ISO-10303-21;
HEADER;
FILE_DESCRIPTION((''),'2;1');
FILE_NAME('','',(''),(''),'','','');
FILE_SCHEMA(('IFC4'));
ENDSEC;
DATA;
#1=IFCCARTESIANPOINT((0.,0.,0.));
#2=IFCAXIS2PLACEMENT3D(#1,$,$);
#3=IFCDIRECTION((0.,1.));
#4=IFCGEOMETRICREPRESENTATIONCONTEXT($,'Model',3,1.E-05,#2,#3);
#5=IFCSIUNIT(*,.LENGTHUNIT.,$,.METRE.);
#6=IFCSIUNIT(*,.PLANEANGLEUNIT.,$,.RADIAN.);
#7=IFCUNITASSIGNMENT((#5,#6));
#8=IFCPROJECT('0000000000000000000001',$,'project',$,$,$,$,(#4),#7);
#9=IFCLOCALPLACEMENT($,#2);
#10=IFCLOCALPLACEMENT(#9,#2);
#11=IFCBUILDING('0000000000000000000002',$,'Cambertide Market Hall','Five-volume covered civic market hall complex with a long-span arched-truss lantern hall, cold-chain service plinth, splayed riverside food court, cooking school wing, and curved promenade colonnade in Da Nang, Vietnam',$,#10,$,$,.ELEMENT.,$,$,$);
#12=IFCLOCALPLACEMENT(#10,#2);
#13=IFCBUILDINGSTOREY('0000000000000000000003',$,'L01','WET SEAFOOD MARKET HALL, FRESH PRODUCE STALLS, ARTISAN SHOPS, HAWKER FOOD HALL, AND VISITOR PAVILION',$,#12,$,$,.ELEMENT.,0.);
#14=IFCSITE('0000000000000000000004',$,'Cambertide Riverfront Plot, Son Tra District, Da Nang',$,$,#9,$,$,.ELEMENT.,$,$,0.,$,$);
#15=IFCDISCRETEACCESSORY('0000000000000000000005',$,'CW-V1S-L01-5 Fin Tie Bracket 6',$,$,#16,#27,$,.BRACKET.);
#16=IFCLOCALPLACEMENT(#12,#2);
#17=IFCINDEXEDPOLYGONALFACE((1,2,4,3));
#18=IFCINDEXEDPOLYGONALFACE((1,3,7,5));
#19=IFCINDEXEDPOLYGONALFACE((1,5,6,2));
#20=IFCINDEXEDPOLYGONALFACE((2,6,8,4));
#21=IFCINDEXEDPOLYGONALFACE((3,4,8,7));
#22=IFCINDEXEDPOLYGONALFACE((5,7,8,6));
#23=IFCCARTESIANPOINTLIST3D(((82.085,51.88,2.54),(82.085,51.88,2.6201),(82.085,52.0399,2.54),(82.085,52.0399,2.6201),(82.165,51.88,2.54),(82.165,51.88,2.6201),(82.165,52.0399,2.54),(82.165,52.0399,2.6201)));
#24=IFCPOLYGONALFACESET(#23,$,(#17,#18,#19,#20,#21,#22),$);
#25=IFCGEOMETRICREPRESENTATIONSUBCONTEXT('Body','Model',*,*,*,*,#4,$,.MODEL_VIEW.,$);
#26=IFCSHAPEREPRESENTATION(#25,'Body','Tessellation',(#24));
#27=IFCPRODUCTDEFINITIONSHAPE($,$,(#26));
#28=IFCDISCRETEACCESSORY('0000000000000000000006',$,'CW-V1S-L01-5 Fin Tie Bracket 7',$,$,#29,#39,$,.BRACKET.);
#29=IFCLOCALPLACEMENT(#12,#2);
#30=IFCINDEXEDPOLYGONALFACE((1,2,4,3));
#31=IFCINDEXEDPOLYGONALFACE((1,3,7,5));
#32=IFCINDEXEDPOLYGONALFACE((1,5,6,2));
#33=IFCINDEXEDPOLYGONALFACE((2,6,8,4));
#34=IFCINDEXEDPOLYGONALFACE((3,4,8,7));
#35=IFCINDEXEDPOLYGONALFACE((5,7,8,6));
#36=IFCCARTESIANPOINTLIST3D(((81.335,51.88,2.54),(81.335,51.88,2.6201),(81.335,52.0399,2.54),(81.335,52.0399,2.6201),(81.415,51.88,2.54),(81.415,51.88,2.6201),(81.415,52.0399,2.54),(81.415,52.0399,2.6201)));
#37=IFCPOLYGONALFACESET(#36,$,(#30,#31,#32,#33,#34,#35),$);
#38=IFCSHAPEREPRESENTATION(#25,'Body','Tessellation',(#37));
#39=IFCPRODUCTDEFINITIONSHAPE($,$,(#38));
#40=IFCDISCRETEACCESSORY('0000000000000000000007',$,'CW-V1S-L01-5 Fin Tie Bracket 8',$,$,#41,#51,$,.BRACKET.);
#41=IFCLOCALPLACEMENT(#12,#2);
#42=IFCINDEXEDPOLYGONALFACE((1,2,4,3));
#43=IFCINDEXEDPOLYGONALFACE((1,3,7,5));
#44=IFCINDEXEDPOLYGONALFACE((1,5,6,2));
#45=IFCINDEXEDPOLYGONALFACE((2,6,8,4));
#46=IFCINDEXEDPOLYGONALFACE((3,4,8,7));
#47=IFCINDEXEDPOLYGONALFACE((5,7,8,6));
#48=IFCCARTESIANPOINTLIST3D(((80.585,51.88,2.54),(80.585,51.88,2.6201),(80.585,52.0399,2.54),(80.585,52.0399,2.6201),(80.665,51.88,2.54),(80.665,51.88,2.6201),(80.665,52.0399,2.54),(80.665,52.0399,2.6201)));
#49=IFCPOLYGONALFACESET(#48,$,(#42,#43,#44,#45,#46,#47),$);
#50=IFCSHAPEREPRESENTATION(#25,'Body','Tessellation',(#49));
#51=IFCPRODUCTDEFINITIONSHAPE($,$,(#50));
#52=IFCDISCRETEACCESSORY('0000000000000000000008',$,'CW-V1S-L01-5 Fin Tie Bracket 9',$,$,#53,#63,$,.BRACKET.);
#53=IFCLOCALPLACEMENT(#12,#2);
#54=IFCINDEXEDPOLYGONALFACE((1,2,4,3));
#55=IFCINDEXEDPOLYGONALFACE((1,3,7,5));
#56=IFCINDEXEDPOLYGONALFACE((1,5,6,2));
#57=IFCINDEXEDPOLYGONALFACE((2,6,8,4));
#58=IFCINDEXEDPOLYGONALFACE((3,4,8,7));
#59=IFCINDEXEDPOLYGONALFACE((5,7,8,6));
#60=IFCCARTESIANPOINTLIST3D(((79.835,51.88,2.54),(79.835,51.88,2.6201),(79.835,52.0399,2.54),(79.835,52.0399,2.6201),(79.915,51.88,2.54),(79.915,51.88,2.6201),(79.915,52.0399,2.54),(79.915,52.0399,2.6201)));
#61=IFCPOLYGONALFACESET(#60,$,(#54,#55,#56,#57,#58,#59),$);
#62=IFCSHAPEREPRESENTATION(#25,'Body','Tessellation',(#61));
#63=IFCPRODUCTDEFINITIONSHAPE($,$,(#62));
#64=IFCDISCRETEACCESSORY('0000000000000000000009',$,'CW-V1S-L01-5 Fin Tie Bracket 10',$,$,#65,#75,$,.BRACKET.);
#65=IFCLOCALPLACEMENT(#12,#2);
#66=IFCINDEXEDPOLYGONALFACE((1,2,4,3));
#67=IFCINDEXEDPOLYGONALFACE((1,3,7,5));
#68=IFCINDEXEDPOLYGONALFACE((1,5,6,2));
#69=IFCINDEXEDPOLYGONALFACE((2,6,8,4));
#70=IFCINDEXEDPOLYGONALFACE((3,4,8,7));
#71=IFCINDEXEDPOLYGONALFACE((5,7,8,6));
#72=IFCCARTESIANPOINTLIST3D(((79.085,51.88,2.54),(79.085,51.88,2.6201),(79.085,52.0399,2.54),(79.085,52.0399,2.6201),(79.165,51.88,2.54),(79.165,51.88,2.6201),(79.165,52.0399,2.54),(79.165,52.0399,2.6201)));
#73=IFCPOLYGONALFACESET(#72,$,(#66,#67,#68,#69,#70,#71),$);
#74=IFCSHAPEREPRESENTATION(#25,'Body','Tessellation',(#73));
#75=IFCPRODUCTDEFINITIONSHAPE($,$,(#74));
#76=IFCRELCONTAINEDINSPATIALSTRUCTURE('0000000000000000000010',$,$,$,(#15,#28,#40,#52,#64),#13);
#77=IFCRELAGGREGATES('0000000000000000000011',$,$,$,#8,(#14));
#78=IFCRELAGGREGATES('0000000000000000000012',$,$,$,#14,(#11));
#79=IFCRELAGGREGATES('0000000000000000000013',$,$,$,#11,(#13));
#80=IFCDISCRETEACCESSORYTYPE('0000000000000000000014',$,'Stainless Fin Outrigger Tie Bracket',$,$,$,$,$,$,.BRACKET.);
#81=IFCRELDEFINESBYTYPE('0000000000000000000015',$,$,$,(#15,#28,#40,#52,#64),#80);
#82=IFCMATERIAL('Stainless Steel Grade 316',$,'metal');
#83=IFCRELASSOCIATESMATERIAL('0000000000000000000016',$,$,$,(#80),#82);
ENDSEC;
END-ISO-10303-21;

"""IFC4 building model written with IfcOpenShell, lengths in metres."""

from ifc_helpers import new_model, si_unit, direction, frame, origin, origin_2d, place, context, subcontext, project, spatial, rectangle, extrude, material, type_object, element, save


model = new_model("IFC4")

# Units and contexts
model_context = context("Model", 3, precision=1e-05, world=origin(), true_north=direction((0.0, 1.0)))
body_context = subcontext(model_context, "Body", "Model", "MODEL_VIEW")
ifc_project = project(units=[si_unit("LENGTHUNIT", "METRE"), si_unit("PLANEANGLEUNIT", "RADIAN")], contexts=[model_context])

# Site, building, storey
site_placement = place(None, origin())
site = spatial("IfcSite", under=ifc_project, at=site_placement, Name="Cambertide Riverfront Plot, Son Tra District, Da Nang", CompositionType="ELEMENT", RefElevation=0.0)
building_placement = place(site_placement, origin())
building = spatial("IfcBuilding", under=site, at=building_placement, Name="Cambertide Market Hall", Description="Five-volume covered civic market hall complex with a long-span arched-truss lantern hall, cold-chain service plinth, splayed riverside food court, cooking school wing, and curved promenade colonnade in Da Nang, Vietnam", CompositionType="ELEMENT")
storey_placement = place(building_placement, origin())
storey = spatial("IfcBuildingStorey", under=building, at=storey_placement, Name="L01", Description="WET SEAFOOD MARKET HALL, FRESH PRODUCE STALLS, ARTISAN SHOPS, HAWKER FOOD HALL, AND VISITOR PAVILION", CompositionType="ELEMENT", Elevation=0.0)

# Discrete accessories
ifc_material_1 = material(Name="Stainless Steel Grade 316", Category="metal")
discrete_accessory_type = type_object("IfcDiscreteAccessoryType", Name="Stainless Fin Outrigger Tie Bracket", PredefinedType="BRACKET", material=ifc_material_1)
for number, where, z_axis, x_axis, name in (
    (1, (82.125, 51.96, 2.54), (0.0, 0.0, 1.0), (-1.0, 0.0, 0.0), "CW-V1S-L01-5 Fin Tie Bracket 6"),
    (2, (81.375, 51.96, 2.54), (0.0, 0.0, 1.0), (-1.0, 0.0, 0.0), "CW-V1S-L01-5 Fin Tie Bracket 7"),
    (3, (80.625, 51.96, 2.54), (0.0, 0.0, 1.0), (-1.0, 0.0, 0.0), "CW-V1S-L01-5 Fin Tie Bracket 8"),
    (4, (79.875, 51.96, 2.54), (0.0, 0.0, 1.0), (-1.0, 0.0, 0.0), "CW-V1S-L01-5 Fin Tie Bracket 9"),
    (5, (79.125, 51.96, 2.54), (0.0, 0.0, 1.0), (-1.0, 0.0, 0.0), "CW-V1S-L01-5 Fin Tie Bracket 10"),
):
    element("IfcDiscreteAccessory", number, at=place(storey_placement, frame(where, z_axis=z_axis, x_axis=x_axis)), inside=storey, type_object=discrete_accessory_type, Name=name, PredefinedType="BRACKET", context=body_context, shape_type="SweptSolid", body=[
        extrude(rectangle(XDim=0.0801, YDim=0.1599, at=origin_2d()), origin(), (0.0, 0.0, 1.0), 0.0801),
    ])

save(model, "model.ifc")
